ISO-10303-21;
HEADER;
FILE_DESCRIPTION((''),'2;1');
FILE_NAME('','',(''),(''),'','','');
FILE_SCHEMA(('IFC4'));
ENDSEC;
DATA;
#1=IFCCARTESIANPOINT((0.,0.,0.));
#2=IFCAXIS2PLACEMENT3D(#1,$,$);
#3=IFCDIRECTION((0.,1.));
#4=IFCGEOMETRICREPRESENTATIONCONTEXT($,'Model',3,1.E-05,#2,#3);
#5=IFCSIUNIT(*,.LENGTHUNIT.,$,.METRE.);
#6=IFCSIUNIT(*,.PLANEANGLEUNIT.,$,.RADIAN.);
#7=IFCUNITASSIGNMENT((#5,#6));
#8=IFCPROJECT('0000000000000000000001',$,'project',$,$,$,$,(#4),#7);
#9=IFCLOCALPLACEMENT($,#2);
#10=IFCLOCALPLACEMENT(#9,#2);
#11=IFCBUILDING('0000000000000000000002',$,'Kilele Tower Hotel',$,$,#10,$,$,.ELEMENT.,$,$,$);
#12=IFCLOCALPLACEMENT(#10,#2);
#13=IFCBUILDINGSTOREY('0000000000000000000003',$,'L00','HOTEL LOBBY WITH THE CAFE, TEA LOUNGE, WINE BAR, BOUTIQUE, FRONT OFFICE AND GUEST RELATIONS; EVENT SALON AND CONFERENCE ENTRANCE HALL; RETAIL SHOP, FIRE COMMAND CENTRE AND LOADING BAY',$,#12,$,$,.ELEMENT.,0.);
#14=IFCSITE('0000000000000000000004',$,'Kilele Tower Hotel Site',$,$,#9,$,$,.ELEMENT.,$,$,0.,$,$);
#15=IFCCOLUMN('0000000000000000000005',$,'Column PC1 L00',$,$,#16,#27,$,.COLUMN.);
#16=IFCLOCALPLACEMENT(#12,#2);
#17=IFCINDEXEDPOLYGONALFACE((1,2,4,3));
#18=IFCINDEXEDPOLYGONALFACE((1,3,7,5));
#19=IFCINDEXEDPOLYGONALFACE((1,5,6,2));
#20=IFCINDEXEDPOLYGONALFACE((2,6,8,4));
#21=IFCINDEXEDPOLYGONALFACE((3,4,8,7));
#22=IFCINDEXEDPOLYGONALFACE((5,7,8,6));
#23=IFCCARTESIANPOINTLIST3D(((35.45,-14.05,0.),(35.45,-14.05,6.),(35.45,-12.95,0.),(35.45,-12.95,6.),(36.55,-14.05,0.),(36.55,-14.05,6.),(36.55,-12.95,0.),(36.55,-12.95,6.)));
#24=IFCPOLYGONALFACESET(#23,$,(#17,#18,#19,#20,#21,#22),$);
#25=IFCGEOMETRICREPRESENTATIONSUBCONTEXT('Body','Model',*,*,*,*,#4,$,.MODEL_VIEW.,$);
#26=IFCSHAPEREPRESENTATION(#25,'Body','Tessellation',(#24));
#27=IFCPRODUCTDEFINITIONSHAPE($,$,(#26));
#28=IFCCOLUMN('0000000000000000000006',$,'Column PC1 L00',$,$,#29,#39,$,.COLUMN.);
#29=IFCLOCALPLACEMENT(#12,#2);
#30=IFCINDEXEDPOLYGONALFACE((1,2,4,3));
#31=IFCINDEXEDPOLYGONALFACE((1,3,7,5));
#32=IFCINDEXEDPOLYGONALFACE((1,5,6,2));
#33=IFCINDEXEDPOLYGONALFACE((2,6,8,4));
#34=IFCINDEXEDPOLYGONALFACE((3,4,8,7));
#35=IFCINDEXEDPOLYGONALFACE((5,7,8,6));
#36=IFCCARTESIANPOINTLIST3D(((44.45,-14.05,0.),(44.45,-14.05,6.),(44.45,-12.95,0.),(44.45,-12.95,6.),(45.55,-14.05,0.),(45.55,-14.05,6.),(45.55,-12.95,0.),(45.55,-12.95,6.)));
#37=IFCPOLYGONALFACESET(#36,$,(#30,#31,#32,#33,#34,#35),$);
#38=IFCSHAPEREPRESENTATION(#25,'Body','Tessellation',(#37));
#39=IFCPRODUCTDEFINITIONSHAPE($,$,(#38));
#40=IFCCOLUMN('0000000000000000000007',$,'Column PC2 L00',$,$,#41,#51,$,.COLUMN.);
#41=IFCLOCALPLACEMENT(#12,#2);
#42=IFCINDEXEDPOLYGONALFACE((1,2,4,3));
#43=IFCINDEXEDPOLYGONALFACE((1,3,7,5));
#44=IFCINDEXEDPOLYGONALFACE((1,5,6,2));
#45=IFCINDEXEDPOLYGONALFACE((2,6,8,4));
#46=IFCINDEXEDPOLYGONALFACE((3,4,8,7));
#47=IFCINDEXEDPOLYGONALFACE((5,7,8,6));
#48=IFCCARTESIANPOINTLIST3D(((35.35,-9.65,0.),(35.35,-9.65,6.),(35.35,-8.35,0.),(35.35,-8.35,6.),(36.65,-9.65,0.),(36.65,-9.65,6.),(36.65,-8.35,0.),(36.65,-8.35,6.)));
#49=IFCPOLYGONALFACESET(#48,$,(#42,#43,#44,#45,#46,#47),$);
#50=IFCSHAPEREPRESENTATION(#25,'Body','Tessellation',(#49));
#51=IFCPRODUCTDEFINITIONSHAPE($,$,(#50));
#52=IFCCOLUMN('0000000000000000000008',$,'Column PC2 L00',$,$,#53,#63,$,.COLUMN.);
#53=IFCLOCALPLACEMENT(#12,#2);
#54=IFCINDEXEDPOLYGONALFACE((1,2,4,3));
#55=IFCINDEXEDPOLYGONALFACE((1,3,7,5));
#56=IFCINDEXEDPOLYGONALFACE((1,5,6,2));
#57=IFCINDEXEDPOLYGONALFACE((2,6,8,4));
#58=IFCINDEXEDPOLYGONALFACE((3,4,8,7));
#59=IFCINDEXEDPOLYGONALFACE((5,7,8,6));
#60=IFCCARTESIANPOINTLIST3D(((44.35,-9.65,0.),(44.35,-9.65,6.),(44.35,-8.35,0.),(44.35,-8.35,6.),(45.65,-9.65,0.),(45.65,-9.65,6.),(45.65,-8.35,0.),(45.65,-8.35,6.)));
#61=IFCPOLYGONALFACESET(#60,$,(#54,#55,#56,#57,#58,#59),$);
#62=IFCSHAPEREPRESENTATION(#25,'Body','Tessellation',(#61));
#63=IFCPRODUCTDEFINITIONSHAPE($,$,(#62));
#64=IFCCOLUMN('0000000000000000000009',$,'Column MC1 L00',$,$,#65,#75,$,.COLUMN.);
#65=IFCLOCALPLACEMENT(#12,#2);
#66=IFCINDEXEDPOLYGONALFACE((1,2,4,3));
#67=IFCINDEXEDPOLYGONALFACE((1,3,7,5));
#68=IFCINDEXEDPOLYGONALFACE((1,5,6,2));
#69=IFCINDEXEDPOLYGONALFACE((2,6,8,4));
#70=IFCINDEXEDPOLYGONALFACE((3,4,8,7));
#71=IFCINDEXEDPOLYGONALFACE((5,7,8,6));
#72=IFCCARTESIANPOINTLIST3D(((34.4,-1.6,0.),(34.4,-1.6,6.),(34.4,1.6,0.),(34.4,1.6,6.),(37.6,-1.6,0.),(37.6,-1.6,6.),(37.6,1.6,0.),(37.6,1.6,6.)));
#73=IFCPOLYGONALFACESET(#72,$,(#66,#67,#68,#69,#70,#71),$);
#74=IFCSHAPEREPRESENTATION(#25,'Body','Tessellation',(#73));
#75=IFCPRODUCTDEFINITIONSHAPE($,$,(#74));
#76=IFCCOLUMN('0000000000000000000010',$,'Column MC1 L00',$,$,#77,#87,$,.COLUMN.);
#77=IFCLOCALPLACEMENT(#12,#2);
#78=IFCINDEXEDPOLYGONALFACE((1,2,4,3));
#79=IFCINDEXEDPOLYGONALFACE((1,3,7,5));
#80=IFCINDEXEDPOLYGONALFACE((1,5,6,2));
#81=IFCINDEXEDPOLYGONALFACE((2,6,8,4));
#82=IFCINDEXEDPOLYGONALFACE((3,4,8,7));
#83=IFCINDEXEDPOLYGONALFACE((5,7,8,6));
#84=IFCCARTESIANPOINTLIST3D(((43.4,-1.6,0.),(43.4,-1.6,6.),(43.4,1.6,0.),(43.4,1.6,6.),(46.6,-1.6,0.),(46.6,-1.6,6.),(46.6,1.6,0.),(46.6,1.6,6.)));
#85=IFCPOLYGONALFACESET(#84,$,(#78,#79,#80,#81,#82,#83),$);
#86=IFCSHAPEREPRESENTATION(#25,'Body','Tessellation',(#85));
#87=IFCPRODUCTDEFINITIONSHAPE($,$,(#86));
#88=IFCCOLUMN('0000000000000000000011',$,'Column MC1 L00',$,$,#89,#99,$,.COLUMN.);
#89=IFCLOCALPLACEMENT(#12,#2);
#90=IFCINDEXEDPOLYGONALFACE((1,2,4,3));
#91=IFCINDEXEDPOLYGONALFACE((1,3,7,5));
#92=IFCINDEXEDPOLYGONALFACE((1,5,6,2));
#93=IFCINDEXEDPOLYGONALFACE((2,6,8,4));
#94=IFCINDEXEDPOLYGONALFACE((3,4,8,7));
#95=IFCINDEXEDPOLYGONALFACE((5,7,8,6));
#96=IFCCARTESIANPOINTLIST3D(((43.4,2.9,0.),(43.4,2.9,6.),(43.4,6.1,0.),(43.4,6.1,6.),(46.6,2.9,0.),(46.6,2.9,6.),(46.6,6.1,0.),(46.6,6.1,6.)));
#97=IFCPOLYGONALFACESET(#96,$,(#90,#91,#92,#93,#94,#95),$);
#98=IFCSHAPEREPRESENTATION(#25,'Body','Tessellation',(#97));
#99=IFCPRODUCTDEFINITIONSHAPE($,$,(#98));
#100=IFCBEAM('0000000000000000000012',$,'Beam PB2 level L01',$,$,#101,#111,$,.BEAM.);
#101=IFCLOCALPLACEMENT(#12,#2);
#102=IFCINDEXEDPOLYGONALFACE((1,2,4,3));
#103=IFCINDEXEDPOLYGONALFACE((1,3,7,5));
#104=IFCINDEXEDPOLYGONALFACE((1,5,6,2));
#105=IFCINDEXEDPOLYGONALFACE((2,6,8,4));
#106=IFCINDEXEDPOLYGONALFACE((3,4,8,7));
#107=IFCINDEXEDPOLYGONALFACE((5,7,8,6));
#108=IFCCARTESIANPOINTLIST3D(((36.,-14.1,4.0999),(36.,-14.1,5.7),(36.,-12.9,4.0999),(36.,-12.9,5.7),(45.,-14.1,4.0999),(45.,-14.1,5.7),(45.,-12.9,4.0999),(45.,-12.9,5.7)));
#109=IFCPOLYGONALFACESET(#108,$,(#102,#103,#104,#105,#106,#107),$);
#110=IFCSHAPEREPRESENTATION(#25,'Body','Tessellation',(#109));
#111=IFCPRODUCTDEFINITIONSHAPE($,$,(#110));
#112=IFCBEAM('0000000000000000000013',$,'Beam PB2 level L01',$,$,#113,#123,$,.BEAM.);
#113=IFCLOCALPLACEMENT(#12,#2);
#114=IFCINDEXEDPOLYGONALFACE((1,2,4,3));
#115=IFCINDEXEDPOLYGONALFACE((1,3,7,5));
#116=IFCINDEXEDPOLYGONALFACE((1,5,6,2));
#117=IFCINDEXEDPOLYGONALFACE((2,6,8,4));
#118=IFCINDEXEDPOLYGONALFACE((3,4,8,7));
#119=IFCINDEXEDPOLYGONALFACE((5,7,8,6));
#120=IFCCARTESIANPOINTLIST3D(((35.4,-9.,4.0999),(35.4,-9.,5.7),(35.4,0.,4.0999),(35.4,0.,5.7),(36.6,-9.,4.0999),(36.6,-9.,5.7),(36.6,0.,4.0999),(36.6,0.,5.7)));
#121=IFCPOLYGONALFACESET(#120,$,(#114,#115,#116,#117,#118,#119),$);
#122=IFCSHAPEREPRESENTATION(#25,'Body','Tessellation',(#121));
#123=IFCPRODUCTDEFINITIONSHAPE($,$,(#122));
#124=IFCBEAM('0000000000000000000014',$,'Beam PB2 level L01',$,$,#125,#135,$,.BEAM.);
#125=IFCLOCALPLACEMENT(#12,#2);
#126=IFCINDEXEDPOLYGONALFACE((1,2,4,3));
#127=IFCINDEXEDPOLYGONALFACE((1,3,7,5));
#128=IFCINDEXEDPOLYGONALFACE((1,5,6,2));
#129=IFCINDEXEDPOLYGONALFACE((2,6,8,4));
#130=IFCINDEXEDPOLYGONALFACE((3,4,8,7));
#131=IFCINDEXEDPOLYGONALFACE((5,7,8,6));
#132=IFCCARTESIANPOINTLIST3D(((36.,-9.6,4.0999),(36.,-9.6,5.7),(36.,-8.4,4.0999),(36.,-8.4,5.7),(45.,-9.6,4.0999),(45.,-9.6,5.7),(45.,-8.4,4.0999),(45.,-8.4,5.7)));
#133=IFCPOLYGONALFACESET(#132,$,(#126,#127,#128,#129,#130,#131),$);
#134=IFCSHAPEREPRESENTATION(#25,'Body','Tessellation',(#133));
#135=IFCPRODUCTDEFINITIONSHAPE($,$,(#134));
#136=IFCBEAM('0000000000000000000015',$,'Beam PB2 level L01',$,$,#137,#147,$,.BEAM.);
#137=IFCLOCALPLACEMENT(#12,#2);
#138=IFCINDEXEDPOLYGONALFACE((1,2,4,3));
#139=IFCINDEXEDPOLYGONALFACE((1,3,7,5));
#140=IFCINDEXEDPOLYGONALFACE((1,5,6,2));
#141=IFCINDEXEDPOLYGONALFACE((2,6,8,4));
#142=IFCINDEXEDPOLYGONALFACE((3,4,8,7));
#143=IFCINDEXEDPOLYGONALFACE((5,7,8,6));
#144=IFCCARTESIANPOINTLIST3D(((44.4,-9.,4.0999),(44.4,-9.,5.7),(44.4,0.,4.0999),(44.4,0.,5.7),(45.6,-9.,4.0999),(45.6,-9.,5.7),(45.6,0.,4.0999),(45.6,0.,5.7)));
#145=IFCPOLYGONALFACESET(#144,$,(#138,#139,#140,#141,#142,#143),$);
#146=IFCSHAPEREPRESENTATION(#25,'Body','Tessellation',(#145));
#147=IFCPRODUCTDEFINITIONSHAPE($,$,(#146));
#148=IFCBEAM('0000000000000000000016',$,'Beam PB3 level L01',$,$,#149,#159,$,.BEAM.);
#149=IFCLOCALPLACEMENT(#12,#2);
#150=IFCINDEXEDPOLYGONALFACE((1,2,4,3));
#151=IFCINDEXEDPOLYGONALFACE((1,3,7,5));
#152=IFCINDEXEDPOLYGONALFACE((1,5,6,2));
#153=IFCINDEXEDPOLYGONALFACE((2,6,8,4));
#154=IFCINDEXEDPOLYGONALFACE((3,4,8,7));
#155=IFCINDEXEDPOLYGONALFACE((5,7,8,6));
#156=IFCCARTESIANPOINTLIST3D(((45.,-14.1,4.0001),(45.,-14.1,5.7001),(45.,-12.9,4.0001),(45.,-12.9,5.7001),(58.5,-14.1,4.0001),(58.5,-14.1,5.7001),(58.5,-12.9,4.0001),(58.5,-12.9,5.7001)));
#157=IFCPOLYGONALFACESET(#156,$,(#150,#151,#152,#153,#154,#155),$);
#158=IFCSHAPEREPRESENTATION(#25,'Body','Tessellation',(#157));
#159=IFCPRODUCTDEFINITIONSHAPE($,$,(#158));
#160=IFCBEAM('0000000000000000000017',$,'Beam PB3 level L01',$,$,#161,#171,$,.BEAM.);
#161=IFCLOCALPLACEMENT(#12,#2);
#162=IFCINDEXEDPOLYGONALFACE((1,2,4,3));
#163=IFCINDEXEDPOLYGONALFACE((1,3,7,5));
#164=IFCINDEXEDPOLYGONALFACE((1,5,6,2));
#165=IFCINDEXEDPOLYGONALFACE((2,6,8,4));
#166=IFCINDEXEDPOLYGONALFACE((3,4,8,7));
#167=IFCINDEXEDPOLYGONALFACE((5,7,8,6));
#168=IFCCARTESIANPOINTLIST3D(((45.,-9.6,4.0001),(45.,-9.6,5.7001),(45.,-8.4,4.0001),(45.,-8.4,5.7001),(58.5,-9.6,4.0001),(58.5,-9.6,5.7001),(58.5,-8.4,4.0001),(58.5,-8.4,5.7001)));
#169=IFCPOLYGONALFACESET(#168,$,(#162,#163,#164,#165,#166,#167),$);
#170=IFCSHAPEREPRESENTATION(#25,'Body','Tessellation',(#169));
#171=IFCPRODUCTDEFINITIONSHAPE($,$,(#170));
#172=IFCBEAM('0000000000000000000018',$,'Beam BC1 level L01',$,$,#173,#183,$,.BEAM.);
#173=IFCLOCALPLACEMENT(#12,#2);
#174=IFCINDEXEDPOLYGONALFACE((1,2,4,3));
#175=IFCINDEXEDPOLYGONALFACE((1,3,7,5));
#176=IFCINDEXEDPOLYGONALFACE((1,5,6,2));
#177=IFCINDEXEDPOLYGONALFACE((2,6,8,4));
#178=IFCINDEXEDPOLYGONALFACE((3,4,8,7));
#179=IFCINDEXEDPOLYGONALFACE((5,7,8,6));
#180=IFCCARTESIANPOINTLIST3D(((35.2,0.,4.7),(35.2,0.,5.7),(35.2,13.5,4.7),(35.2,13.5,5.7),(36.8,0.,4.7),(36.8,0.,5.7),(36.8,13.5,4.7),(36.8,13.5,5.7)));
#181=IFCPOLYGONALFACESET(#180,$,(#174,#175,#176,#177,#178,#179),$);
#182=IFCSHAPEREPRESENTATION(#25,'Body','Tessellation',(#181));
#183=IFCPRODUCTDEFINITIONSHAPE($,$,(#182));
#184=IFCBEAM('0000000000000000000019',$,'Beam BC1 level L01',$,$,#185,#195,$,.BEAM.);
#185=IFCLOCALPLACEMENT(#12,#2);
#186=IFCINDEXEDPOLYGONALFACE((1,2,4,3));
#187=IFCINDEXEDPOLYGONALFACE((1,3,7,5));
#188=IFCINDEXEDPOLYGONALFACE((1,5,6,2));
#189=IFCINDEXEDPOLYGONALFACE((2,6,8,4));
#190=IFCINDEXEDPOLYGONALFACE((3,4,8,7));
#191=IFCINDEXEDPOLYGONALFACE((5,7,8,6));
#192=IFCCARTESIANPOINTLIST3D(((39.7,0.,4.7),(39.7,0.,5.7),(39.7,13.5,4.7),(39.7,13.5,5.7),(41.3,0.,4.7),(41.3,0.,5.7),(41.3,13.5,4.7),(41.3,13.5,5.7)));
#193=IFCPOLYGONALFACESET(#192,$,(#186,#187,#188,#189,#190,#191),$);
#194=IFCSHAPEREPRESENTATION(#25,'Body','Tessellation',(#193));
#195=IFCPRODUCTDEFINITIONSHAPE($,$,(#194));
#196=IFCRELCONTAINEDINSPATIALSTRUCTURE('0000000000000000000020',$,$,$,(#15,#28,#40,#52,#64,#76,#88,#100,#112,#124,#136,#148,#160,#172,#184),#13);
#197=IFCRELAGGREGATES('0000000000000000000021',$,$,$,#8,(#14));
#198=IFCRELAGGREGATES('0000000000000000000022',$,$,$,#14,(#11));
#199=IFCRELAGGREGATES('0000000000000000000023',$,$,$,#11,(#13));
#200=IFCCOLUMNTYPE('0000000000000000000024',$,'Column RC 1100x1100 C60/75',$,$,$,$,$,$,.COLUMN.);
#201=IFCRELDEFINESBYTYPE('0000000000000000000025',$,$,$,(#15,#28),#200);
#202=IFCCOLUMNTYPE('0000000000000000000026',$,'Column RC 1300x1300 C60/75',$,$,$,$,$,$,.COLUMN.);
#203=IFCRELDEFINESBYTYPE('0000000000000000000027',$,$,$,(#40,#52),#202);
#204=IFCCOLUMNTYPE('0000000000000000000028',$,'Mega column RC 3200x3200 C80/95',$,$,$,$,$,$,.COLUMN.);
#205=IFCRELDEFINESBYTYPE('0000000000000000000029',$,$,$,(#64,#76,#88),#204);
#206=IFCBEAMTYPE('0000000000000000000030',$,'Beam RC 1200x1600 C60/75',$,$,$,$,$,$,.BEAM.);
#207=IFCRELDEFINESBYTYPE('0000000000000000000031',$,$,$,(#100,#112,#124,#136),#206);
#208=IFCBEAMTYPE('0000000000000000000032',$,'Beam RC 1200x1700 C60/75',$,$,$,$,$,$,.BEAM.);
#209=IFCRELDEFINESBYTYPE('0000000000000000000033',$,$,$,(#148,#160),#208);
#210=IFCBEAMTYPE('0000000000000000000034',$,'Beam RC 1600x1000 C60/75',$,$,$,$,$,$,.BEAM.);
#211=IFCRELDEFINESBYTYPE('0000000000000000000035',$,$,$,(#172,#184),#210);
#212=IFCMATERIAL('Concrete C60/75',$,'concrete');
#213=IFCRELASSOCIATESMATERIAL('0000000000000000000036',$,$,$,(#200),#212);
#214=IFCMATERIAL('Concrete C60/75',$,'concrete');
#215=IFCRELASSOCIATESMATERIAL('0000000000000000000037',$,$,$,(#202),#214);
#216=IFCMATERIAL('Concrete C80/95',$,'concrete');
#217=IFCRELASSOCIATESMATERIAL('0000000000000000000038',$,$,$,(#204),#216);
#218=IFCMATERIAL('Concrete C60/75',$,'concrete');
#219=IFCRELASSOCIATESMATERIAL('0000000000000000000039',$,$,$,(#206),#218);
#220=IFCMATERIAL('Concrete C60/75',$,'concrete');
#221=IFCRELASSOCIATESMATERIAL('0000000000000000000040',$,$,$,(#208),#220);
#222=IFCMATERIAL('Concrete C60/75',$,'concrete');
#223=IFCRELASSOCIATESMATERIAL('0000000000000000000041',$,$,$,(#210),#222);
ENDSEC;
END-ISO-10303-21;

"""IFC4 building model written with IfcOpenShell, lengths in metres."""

from ifc_helpers import new_model, si_unit, direction, frame, origin, origin_2d, place, context, subcontext, project, spatial, rectangle, extrude, material, material_profile, profile_set, type_object, element, save


model = new_model("IFC4")

# Units and contexts
model_context = context("Model", 3, precision=1e-05, world=origin(), true_north=direction((0.0, 1.0)))
body_context = subcontext(model_context, "Body", "Model", "MODEL_VIEW")
ifc_project = project(units=[si_unit("LENGTHUNIT", "METRE"), si_unit("PLANEANGLEUNIT", "RADIAN")], contexts=[model_context])

# Site, building, storey
site_placement = place(None, origin())
site = spatial("IfcSite", under=ifc_project, at=site_placement, Name="Kilele Tower Hotel Site", CompositionType="ELEMENT", RefElevation=0.0)
building_placement = place(site_placement, origin())
building = spatial("IfcBuilding", under=site, at=building_placement, Name="Kilele Tower Hotel", CompositionType="ELEMENT")
storey_placement = place(building_placement, origin())
storey = spatial("IfcBuildingStorey", under=building, at=storey_placement, Name="L00", Description="HOTEL LOBBY WITH THE CAFE, TEA LOUNGE, WINE BAR, BOUTIQUE, FRONT OFFICE AND GUEST RELATIONS; EVENT SALON AND CONFERENCE ENTRANCE HALL; RETAIL SHOP, FIRE COMMAND CENTRE AND LOADING BAY", CompositionType="ELEMENT", Elevation=0.0)

# Columns
ifc_material_1 = material(Name="Concrete C60/75", Category="concrete")
ifc_material_profile_1 = material_profile(ifc_material_1, rectangle(XDim=1.1001, YDim=1.1001, at=origin_2d()))
ifc_profile_set_1 = profile_set([ifc_material_profile_1], Name="Concrete C60/75")
column_type_1 = type_object("IfcColumnType", Name="Column RC 1100x1100 C60/75", PredefinedType="COLUMN", material=ifc_profile_set_1)
for number, where, z_axis, x_axis, name in (
    (1, (36.0, -13.5, 0.0), (0.0, 0.0, 1.0), (1.0, 0.0, 0.0), "Column PC1 L00"),
    (2, (45.0, -13.5, 0.0), (0.0, 0.0, 1.0), (1.0, 0.0, 0.0), "Column PC1 L00"),
):
    element("IfcColumn", number, at=place(storey_placement, frame(where, z_axis=z_axis, x_axis=x_axis)), inside=storey, type_object=column_type_1, Name=name, PredefinedType="COLUMN", context=body_context, shape_type="SweptSolid", body=[
        extrude(rectangle(XDim=1.1001, YDim=1.1001, at=origin_2d()), origin(), (0.0, 0.0, 1.0), 6.0),
    ])
ifc_material_2 = material(Name="Concrete C60/75", Category="concrete")
ifc_material_profile_2 = material_profile(ifc_material_2, rectangle(XDim=1.3, YDim=1.3, at=origin_2d()))
ifc_profile_set_2 = profile_set([ifc_material_profile_2], Name="Concrete C60/75")
column_type_2 = type_object("IfcColumnType", Name="Column RC 1300x1300 C60/75", PredefinedType="COLUMN", material=ifc_profile_set_2)
for number, where, z_axis, x_axis, name in (
    (3, (36.0, -9.0, 0.0), (0.0, 0.0, 1.0), (1.0, 0.0, 0.0), "Column PC2 L00"),
    (4, (45.0, -9.0, 0.0), (0.0, 0.0, 1.0), (1.0, 0.0, 0.0), "Column PC2 L00"),
):
    element("IfcColumn", number, at=place(storey_placement, frame(where, z_axis=z_axis, x_axis=x_axis)), inside=storey, type_object=column_type_2, Name=name, PredefinedType="COLUMN", context=body_context, shape_type="SweptSolid", body=[
        extrude(rectangle(XDim=1.3, YDim=1.3, at=origin_2d()), origin(), (0.0, 0.0, 1.0), 6.0),
    ])
ifc_material_3 = material(Name="Concrete C80/95", Category="concrete")
ifc_material_profile_3 = material_profile(ifc_material_3, rectangle(XDim=3.2, YDim=3.2, at=origin_2d()))
ifc_profile_set_3 = profile_set([ifc_material_profile_3], Name="Concrete C80/95")
column_type_3 = type_object("IfcColumnType", Name="Mega column RC 3200x3200 C80/95", PredefinedType="COLUMN", material=ifc_profile_set_3)
for number, where, z_axis, x_axis, name in (
    (5, (36.0, 0.0, 0.0), (0.0, 0.0, 1.0), (1.0, 0.0, 0.0), "Column MC1 L00"),
    (6, (45.0, 0.0, 0.0), (0.0, 0.0, 1.0), (1.0, 0.0, 0.0), "Column MC1 L00"),
    (7, (45.0, 4.5, 0.0), (0.0, 0.0, 1.0), (1.0, 0.0, 0.0), "Column MC1 L00"),
):
    element("IfcColumn", number, at=place(storey_placement, frame(where, z_axis=z_axis, x_axis=x_axis)), inside=storey, type_object=column_type_3, Name=name, PredefinedType="COLUMN", context=body_context, shape_type="SweptSolid", body=[
        extrude(rectangle(XDim=3.2, YDim=3.2, at=origin_2d()), origin(), (0.0, 0.0, 1.0), 6.0),
    ])

# Beams
ifc_material_4 = material(Name="Concrete C60/75", Category="concrete")
ifc_material_profile_4 = material_profile(ifc_material_4, rectangle(XDim=1.2, YDim=1.6001, at=origin_2d()))
ifc_profile_set_4 = profile_set([ifc_material_profile_4], Name="Concrete C60/75")
beam_type_1 = type_object("IfcBeamType", Name="Beam RC 1200x1600 C60/75", PredefinedType="BEAM", material=ifc_profile_set_4)
for number, where, z_axis, x_axis, name in (
    (8, (36.0, -13.5, 4.8999), (1.0, 0.0, 0.0), (0.0, 1.0, 0.0), "Beam PB2 level L01"),
    (9, (36.0, -9.0, 4.8999), (0.0, 1.0, 0.0), (-1.0, 0.0, 0.0), "Beam PB2 level L01"),
    (10, (36.0, -9.0, 4.8999), (1.0, 0.0, 0.0), (0.0, 1.0, 0.0), "Beam PB2 level L01"),
    (11, (45.0, -9.0, 4.8999), (0.0, 1.0, 0.0), (-1.0, 0.0, 0.0), "Beam PB2 level L01"),
):
    element("IfcBeam", number, at=place(storey_placement, frame(where, z_axis=z_axis, x_axis=x_axis)), inside=storey, type_object=beam_type_1, Name=name, PredefinedType="BEAM", context=body_context, shape_type="SweptSolid", body=[
        extrude(rectangle(XDim=1.2, YDim=1.6001, at=origin_2d()), origin(), (0.0, 0.0, 1.0), 9.0),
    ])
ifc_material_5 = material(Name="Concrete C60/75", Category="concrete")
ifc_material_profile_5 = material_profile(ifc_material_5, rectangle(XDim=1.2, YDim=1.7, at=origin_2d()))
ifc_profile_set_5 = profile_set([ifc_material_profile_5], Name="Concrete C60/75")
beam_type_2 = type_object("IfcBeamType", Name="Beam RC 1200x1700 C60/75", PredefinedType="BEAM", material=ifc_profile_set_5)
for number, where, z_axis, x_axis, name in (
    (12, (45.0, -13.5, 4.8501), (1.0, 0.0, 0.0), (0.0, 1.0, 0.0), "Beam PB3 level L01"),
    (13, (45.0, -9.0, 4.8501), (1.0, 0.0, 0.0), (0.0, 1.0, 0.0), "Beam PB3 level L01"),
):
    element("IfcBeam", number, at=place(storey_placement, frame(where, z_axis=z_axis, x_axis=x_axis)), inside=storey, type_object=beam_type_2, Name=name, PredefinedType="BEAM", context=body_context, shape_type="SweptSolid", body=[
        extrude(rectangle(XDim=1.2, YDim=1.7, at=origin_2d()), origin(), (0.0, 0.0, 1.0), 13.5),
    ])
ifc_material_6 = material(Name="Concrete C60/75", Category="concrete")
ifc_material_profile_6 = material_profile(ifc_material_6, rectangle(XDim=1.6001, YDim=1.0, at=origin_2d()))
ifc_profile_set_6 = profile_set([ifc_material_profile_6], Name="Concrete C60/75")
beam_type_3 = type_object("IfcBeamType", Name="Beam RC 1600x1000 C60/75", PredefinedType="BEAM", material=ifc_profile_set_6)
for number, where, z_axis, x_axis, name in (
    (14, (36.0, 0.0, 5.2), (0.0, 1.0, 0.0), (-1.0, 0.0, 0.0), "Beam BC1 level L01"),
    (15, (40.5, 0.0, 5.2), (0.0, 1.0, 0.0), (-1.0, 0.0, 0.0), "Beam BC1 level L01"),
):
    element("IfcBeam", number, at=place(storey_placement, frame(where, z_axis=z_axis, x_axis=x_axis)), inside=storey, type_object=beam_type_3, Name=name, PredefinedType="BEAM", context=body_context, shape_type="SweptSolid", body=[
        extrude(rectangle(XDim=1.6001, YDim=1.0, at=origin_2d()), origin(), (0.0, 0.0, 1.0), 13.5),
    ])

save(model, "model.ifc")
